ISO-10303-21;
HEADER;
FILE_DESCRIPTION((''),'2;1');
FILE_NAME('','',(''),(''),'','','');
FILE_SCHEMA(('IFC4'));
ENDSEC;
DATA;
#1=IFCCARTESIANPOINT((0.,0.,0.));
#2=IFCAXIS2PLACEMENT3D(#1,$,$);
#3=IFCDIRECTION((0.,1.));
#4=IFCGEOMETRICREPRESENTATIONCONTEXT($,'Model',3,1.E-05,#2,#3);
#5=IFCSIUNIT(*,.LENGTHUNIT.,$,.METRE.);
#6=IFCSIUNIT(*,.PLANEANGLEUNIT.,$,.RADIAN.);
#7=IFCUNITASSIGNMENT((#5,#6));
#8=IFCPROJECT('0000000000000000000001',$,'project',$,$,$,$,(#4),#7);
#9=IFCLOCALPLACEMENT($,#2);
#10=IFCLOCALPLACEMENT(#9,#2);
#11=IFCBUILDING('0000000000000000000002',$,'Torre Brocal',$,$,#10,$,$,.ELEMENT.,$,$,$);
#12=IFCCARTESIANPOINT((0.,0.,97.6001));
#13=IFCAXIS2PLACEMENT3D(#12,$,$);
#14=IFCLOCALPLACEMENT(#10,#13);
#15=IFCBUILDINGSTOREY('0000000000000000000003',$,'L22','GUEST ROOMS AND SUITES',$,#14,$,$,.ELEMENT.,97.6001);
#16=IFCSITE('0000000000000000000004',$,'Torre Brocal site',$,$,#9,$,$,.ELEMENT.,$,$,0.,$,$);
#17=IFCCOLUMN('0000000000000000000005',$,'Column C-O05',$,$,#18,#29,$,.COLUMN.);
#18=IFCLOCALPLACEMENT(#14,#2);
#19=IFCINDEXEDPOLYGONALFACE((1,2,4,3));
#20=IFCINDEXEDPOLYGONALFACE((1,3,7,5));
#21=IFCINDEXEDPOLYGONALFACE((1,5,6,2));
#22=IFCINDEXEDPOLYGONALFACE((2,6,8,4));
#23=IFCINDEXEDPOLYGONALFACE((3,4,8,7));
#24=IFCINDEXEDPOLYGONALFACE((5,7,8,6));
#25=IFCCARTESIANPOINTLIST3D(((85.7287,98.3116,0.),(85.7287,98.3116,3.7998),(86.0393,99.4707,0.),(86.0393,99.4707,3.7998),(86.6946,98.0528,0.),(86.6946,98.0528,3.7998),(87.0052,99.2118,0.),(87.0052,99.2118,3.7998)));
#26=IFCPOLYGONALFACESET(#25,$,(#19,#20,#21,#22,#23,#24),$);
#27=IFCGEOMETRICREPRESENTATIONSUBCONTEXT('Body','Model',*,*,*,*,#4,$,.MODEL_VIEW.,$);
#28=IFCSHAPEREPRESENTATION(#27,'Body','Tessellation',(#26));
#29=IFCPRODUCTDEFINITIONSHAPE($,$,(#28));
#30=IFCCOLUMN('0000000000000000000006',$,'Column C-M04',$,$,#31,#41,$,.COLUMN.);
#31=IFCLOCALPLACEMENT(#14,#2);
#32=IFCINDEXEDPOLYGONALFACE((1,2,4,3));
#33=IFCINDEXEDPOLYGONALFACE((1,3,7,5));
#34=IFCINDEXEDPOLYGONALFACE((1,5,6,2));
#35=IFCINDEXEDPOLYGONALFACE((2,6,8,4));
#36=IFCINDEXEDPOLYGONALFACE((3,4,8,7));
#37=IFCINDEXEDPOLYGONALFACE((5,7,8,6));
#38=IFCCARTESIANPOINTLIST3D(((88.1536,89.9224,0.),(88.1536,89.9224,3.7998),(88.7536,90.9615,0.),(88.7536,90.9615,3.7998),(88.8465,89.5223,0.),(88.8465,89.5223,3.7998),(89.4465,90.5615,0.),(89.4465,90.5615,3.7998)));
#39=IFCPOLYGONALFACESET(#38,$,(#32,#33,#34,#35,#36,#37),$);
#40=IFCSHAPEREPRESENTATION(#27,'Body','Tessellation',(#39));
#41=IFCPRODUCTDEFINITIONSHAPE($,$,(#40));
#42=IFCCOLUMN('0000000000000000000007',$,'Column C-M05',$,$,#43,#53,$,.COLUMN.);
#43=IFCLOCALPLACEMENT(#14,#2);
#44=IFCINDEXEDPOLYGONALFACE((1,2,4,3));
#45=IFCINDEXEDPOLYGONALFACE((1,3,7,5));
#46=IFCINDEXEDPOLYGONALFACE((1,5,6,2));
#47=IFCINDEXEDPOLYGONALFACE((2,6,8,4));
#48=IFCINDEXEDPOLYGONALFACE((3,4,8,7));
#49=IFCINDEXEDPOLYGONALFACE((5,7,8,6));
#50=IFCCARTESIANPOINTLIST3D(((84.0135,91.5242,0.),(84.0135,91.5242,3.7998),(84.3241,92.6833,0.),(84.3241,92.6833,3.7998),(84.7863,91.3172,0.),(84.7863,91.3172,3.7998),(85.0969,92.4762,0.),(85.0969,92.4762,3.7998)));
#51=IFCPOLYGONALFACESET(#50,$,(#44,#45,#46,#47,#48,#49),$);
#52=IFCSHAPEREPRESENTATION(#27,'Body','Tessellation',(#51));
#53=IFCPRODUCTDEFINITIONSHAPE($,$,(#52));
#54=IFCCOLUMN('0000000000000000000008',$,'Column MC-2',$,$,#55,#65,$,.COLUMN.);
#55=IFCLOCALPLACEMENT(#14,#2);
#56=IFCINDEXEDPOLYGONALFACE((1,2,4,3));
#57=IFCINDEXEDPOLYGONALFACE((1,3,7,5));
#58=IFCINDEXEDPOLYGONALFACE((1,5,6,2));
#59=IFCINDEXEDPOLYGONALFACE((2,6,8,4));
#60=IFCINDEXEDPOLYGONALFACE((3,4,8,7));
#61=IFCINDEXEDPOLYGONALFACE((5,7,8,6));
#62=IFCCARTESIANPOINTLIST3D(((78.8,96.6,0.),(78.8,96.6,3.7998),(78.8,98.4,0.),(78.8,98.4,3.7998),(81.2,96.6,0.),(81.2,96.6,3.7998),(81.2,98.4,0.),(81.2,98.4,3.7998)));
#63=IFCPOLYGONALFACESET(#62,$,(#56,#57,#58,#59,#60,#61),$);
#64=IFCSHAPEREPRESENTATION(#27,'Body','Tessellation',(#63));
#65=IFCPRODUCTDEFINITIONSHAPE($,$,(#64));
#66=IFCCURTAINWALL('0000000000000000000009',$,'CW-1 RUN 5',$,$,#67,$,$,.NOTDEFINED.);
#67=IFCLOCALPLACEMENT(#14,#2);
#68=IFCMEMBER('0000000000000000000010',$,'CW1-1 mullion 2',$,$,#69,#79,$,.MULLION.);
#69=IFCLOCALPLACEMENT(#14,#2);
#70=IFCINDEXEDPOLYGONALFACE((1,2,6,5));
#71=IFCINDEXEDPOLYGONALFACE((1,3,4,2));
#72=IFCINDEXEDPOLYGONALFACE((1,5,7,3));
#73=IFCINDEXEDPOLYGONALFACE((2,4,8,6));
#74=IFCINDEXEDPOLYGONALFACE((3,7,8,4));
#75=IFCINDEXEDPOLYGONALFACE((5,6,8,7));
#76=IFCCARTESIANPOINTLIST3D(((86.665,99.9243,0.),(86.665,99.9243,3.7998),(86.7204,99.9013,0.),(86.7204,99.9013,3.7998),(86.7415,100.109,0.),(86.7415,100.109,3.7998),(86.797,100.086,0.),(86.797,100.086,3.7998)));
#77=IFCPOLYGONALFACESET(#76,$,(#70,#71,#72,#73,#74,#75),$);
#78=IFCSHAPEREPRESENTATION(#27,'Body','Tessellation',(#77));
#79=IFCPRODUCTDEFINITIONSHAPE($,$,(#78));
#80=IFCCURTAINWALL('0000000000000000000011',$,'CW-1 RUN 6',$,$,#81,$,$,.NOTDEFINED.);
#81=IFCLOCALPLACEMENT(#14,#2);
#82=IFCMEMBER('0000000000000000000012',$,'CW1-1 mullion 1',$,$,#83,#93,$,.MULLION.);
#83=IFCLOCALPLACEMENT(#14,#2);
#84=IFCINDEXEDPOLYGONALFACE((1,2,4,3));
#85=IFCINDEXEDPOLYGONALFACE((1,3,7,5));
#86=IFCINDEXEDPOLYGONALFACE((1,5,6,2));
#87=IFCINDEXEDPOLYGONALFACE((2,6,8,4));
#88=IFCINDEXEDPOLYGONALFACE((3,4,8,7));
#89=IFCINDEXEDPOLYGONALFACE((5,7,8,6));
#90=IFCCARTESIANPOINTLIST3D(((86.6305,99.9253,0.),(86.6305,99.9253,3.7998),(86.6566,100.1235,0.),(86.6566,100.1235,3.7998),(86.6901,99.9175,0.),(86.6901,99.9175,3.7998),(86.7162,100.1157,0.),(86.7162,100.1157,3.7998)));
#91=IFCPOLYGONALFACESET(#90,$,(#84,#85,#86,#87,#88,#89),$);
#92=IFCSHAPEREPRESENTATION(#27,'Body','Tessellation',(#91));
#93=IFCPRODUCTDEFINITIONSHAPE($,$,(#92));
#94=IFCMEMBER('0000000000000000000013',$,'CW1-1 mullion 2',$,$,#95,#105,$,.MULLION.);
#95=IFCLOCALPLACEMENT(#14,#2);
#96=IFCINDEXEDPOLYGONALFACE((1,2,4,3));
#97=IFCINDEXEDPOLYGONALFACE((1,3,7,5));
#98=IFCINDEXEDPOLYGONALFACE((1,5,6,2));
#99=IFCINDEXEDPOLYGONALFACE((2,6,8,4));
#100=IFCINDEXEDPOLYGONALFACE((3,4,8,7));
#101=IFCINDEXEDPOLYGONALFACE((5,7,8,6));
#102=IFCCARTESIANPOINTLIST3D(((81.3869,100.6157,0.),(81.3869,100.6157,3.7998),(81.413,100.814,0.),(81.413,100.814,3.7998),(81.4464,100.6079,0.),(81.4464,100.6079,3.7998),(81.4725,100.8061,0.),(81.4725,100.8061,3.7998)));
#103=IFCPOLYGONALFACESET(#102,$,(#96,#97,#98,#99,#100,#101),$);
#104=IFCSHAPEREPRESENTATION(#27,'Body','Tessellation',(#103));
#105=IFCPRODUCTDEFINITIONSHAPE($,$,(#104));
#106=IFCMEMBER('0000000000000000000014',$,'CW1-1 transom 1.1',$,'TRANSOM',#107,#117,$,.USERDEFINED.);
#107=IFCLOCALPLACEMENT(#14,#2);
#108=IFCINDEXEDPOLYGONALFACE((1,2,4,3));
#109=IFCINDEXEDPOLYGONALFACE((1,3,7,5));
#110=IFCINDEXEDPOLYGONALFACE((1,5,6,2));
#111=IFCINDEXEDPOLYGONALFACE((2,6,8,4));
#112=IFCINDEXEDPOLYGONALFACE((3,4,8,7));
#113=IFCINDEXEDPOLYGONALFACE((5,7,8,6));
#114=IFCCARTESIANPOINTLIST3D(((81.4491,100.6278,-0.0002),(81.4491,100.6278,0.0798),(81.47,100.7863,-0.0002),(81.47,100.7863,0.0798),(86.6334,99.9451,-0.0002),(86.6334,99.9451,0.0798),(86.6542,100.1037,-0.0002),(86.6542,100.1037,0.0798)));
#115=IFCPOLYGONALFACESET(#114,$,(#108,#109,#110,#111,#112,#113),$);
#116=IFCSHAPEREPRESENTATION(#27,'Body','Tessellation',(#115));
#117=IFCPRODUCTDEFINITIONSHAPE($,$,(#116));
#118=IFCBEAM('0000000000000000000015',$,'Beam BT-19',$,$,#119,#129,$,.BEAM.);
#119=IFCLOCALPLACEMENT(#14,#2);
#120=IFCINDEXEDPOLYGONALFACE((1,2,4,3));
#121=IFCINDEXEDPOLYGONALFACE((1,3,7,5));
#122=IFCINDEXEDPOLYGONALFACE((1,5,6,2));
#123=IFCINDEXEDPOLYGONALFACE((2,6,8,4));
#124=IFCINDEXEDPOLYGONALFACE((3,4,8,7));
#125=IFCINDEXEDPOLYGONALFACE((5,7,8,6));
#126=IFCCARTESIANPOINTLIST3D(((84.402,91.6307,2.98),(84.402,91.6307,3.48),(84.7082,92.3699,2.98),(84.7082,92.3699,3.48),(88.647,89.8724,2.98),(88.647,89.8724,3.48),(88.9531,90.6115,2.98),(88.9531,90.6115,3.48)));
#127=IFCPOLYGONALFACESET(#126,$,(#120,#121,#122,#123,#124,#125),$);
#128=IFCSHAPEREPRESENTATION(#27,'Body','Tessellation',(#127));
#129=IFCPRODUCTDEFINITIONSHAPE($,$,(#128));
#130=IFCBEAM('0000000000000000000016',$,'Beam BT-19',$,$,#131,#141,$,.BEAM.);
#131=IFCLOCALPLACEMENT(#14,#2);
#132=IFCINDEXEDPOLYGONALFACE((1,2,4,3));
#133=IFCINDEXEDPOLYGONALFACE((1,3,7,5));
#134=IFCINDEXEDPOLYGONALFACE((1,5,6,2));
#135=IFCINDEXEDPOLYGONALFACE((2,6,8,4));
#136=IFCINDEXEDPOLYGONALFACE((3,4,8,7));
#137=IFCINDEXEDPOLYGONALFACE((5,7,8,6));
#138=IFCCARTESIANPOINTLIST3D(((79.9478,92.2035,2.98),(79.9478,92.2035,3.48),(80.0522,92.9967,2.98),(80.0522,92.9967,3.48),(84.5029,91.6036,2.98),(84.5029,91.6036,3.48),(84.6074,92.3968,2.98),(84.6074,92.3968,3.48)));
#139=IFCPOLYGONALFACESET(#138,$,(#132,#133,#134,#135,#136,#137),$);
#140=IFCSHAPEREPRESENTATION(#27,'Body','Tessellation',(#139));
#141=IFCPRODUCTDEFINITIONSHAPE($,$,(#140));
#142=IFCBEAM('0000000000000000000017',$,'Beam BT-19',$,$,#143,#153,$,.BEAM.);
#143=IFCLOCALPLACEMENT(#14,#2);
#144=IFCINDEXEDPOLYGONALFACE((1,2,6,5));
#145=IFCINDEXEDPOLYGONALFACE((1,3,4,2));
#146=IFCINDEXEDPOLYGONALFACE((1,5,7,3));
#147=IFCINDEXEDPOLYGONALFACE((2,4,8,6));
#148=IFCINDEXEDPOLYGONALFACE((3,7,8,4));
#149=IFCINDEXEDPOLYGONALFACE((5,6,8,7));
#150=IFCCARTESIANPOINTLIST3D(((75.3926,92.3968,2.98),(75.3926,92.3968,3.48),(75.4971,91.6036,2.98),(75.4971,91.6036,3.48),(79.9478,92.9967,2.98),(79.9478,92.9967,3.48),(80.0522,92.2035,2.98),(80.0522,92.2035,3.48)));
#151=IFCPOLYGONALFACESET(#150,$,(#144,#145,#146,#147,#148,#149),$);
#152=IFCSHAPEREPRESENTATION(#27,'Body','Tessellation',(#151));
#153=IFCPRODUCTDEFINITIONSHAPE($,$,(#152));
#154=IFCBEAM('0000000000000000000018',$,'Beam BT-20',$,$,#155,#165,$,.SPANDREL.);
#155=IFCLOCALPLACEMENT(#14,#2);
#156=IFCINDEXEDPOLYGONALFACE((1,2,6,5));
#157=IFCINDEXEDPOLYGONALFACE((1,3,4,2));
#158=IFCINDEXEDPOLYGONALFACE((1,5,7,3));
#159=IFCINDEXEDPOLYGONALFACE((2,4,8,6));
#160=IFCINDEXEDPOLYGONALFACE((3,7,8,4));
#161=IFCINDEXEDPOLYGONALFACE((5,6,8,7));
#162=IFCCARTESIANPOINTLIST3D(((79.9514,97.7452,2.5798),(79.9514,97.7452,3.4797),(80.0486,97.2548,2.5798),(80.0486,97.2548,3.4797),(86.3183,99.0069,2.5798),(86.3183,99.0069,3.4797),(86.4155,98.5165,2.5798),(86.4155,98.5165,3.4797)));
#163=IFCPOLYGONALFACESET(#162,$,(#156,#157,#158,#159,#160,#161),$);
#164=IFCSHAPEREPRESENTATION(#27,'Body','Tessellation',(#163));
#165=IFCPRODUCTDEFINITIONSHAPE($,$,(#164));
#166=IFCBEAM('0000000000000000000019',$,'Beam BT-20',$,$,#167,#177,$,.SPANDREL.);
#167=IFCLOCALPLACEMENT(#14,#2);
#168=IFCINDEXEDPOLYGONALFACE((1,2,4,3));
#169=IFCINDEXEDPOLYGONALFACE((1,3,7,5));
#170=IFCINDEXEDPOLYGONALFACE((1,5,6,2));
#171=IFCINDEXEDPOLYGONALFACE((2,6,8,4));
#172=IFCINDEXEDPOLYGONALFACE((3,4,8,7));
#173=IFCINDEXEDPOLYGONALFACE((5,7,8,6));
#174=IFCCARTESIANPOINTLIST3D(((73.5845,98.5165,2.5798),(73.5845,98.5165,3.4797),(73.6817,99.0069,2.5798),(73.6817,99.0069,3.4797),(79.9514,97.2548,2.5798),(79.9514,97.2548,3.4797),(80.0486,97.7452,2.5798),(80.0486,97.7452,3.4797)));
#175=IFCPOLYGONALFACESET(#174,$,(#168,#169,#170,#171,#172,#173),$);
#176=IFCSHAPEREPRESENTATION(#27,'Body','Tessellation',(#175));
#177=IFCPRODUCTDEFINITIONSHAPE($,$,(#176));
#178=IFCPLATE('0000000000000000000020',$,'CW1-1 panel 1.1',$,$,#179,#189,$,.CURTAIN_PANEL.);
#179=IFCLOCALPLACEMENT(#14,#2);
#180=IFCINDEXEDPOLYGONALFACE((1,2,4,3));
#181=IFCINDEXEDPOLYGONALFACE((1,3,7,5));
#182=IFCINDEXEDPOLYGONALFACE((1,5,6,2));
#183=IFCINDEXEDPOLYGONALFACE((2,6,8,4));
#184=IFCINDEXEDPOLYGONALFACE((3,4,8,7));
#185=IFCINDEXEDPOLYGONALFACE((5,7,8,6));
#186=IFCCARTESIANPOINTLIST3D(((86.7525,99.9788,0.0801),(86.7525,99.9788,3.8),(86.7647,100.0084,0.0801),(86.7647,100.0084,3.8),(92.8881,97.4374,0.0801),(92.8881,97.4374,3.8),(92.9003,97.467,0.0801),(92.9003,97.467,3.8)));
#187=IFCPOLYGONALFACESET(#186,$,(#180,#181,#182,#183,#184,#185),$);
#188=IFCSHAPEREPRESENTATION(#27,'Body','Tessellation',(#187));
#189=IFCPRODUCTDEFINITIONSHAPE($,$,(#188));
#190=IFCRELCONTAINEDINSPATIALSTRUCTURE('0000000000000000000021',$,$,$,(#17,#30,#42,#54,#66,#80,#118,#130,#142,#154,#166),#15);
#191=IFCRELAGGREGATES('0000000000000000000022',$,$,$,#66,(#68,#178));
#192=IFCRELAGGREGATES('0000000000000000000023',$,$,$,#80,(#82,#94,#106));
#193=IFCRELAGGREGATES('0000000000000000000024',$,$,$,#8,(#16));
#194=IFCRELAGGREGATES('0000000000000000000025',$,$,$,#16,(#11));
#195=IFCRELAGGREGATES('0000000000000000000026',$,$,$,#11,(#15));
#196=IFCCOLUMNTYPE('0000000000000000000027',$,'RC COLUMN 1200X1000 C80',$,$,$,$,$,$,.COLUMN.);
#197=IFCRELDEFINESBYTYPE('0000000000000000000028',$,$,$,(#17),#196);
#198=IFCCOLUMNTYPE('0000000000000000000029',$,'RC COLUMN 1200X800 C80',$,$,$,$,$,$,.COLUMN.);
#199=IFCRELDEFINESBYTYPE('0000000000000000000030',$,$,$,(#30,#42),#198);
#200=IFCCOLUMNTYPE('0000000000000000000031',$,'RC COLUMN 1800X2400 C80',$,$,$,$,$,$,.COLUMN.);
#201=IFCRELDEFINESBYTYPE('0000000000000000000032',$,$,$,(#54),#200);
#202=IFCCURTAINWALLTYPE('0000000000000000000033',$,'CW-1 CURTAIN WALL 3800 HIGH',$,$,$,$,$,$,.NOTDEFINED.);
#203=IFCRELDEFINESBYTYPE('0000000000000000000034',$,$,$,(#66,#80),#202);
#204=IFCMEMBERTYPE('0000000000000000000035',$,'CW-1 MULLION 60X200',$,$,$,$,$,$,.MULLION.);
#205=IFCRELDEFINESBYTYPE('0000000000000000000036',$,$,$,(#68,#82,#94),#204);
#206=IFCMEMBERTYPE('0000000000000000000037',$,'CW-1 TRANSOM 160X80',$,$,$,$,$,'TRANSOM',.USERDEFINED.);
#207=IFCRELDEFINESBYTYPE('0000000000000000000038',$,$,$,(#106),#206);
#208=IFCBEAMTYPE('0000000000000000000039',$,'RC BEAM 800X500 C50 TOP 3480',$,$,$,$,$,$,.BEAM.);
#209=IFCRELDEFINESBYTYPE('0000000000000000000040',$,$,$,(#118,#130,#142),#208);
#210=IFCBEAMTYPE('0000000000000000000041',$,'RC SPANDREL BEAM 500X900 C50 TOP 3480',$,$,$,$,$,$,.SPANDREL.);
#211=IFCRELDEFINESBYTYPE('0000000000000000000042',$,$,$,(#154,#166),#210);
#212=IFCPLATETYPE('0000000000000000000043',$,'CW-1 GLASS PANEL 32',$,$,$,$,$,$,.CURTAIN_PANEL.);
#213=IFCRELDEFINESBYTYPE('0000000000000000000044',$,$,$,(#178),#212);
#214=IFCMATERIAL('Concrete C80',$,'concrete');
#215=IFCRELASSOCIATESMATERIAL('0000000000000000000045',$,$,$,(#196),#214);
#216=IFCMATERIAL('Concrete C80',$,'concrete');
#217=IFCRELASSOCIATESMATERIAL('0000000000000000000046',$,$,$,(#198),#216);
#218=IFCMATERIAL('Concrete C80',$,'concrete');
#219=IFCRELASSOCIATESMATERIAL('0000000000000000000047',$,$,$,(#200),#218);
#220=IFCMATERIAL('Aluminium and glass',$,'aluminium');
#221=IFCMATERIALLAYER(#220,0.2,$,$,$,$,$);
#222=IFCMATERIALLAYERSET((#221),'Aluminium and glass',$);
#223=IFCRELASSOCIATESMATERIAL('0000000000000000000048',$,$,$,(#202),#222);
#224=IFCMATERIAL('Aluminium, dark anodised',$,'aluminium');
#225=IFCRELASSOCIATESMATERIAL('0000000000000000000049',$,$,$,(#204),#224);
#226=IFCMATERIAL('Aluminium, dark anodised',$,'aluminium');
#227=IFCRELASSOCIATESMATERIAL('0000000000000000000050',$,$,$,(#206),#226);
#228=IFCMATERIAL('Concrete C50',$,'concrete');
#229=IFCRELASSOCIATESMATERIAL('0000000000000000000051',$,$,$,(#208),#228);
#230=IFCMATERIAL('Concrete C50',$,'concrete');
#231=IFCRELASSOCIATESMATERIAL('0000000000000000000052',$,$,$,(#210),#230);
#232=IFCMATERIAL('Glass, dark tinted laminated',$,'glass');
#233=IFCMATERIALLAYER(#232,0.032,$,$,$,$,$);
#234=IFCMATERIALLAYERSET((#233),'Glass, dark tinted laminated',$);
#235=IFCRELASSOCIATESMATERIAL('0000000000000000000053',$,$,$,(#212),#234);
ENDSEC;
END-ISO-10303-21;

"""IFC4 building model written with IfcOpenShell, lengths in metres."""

from ifc_helpers import new_model, si_unit, direction, frame, origin, origin_2d, place, context, subcontext, project, spatial, rectangle, extrude, material, layer, layer_set, material_profile, profile_set, type_object, element, aggregate, save


model = new_model("IFC4")

# Units and contexts
model_context = context("Model", 3, precision=1e-05, world=origin(), true_north=direction((0.0, 1.0)))
body_context = subcontext(model_context, "Body", "Model", "MODEL_VIEW")
ifc_project = project(units=[si_unit("LENGTHUNIT", "METRE"), si_unit("PLANEANGLEUNIT", "RADIAN")], contexts=[model_context])

# Site, building, storey
site_placement = place(None, origin())
site = spatial("IfcSite", under=ifc_project, at=site_placement, Name="Torre Brocal site", CompositionType="ELEMENT", RefElevation=0.0)
building_placement = place(site_placement, origin())
building = spatial("IfcBuilding", under=site, at=building_placement, Name="Torre Brocal", CompositionType="ELEMENT")
storey_placement = place(building_placement, frame((0.0, 0.0, 97.6001)))
storey = spatial("IfcBuildingStorey", under=building, at=storey_placement, Name="L22", Description="GUEST ROOMS AND SUITES", CompositionType="ELEMENT", Elevation=97.6001)

# Columns
ifc_material_1 = material(Name="Concrete C80", Category="concrete")
ifc_material_profile_1 = material_profile(ifc_material_1, rectangle(XDim=1.2, YDim=1.0, at=origin_2d()), Name="RC 1200X1000")
ifc_profile_set_1 = profile_set([ifc_material_profile_1], Name="Concrete C80")
column_type_1 = type_object("IfcColumnType", Name="RC COLUMN 1200X1000 C80", PredefinedType="COLUMN", material=ifc_profile_set_1)
column_1_placement = place(storey_placement, frame((86.3669, 98.7617, 0.0), z_axis=(0.0, 0.0, 1.0), x_axis=(0.258819, 0.965926, 0.0)))
element("IfcColumn", 1, at=column_1_placement, inside=storey, type_object=column_type_1, Name="Column C-O05", PredefinedType="COLUMN", context=body_context, shape_type="SweptSolid", body=[
    extrude(rectangle(XDim=1.2, YDim=1.0, at=origin_2d()), origin(), (0.0, 0.0, 1.0), 3.7998),
])
ifc_material_2 = material(Name="Concrete C80", Category="concrete")
ifc_material_profile_2 = material_profile(ifc_material_2, rectangle(XDim=1.2, YDim=0.8, at=origin_2d()), Name="RC 1200X800")
ifc_profile_set_2 = profile_set([ifc_material_profile_2], Name="Concrete C80")
column_type_2 = type_object("IfcColumnType", Name="RC COLUMN 1200X800 C80", PredefinedType="COLUMN", material=ifc_profile_set_2)
for number, where, z_axis, x_axis, name in (
    (2, (88.8, 90.2419, 0.0), (0.0, 0.0, 1.0), (0.5, 0.866025, 0.0), "Column C-M04"),
    (3, (84.5552, 92.0002, 0.0), (0.0, 0.0, 1.0), (0.258819, 0.965926, 0.0), "Column C-M05"),
):
    element("IfcColumn", number, at=place(storey_placement, frame(where, z_axis=z_axis, x_axis=x_axis)), inside=storey, type_object=column_type_2, Name=name, PredefinedType="COLUMN", context=body_context, shape_type="SweptSolid", body=[
        extrude(rectangle(XDim=1.2, YDim=0.8, at=origin_2d()), origin(), (0.0, 0.0, 1.0), 3.7998),
    ])
ifc_material_3 = material(Name="Concrete C80", Category="concrete")
ifc_material_profile_3 = material_profile(ifc_material_3, rectangle(XDim=1.8, YDim=2.3999, at=origin_2d()), Name="RC 1800X2400")
ifc_profile_set_3 = profile_set([ifc_material_profile_3], Name="Concrete C80")
column_type_3 = type_object("IfcColumnType", Name="RC COLUMN 1800X2400 C80", PredefinedType="COLUMN", material=ifc_profile_set_3)
column_2_placement = place(storey_placement, frame((80.0, 97.5, 0.0), z_axis=(0.0, 0.0, 1.0), x_axis=(0.0, 1.0, 0.0)))
element("IfcColumn", 4, at=column_2_placement, inside=storey, type_object=column_type_3, Name="Column MC-2", PredefinedType="COLUMN", context=body_context, shape_type="SweptSolid", body=[
    extrude(rectangle(XDim=1.8, YDim=2.3999, at=origin_2d()), origin(), (0.0, 0.0, 1.0), 3.7998),
])

# Curtain wall, member
ifc_material_4 = material(Name="Aluminium and glass", Category="aluminium")
ifc_layer_1 = layer(ifc_material_4, 0.2)
ifc_layer_set_1 = layer_set([ifc_layer_1], Name="Aluminium and glass")
curtain_wall_type = type_object("IfcCurtainWallType", Name="CW-1 CURTAIN WALL 3800 HIGH", PredefinedType="NOTDEFINED", material=ifc_layer_set_1)
curtain_wall_1_placement = place(storey_placement, origin())
curtain_wall_1 = element("IfcCurtainWall", 5, at=curtain_wall_1_placement, inside=storey, type_object=curtain_wall_type, Name="CW-1 RUN 5", PredefinedType="NOTDEFINED")
ifc_material_5 = material(Name="Aluminium, dark anodised", Category="aluminium")
ifc_material_profile_4 = material_profile(ifc_material_5, rectangle(XDim=0.2, YDim=0.0601, at=origin_2d()), Name="CW-1 MULLION 60X200")
ifc_profile_set_4 = profile_set([ifc_material_profile_4], Name="Aluminium, dark anodised")
member_type_1 = type_object("IfcMemberType", Name="CW-1 MULLION 60X200", PredefinedType="MULLION", material=ifc_profile_set_4)
member_1_placement = place(storey_placement, frame((86.731, 100.0051, 0.0), z_axis=(0.0, 0.0, 1.0), x_axis=(-0.382683, -0.92388, 0.0)))
member_1 = element("IfcMember", 6, at=member_1_placement, type_object=member_type_1, Name="CW1-1 mullion 2", PredefinedType="MULLION", context=body_context, shape_type="SweptSolid", body=[
    extrude(rectangle(XDim=0.2, YDim=0.0601, at=origin_2d()), origin(), (0.0, 0.0, 1.0), 3.7998),
])

# Curtain wall, members
curtain_wall_2_placement = place(storey_placement, origin())
curtain_wall_2 = element("IfcCurtainWall", 7, at=curtain_wall_2_placement, inside=storey, type_object=curtain_wall_type, Name="CW-1 RUN 6", PredefinedType="NOTDEFINED")
member_2_placement = place(storey_placement, frame((86.6733, 100.0205, 0.0), z_axis=(0.0, 0.0, 1.0), x_axis=(-0.130526, -0.991445, 0.0)))
member_2 = element("IfcMember", 8, at=member_2_placement, type_object=member_type_1, Name="CW1-1 mullion 1", PredefinedType="MULLION", context=body_context, shape_type="SweptSolid", body=[
    extrude(rectangle(XDim=0.2, YDim=0.0601, at=origin_2d()), origin(), (0.0, 0.0, 1.0), 3.7998),
])
member_3_placement = place(storey_placement, frame((81.4297, 100.7109, 0.0), z_axis=(0.0, 0.0, 1.0), x_axis=(-0.130526, -0.991445, 0.0)))
member_3 = element("IfcMember", 9, at=member_3_placement, type_object=member_type_1, Name="CW1-1 mullion 2", PredefinedType="MULLION", context=body_context, shape_type="SweptSolid", body=[
    extrude(rectangle(XDim=0.2, YDim=0.0601, at=origin_2d()), origin(), (0.0, 0.0, 1.0), 3.7998),
])
ifc_material_6 = material(Name="Aluminium, dark anodised", Category="aluminium")
ifc_material_profile_5 = material_profile(ifc_material_6, rectangle(XDim=0.1599, YDim=0.0801, at=origin_2d()), Name="CW-1 TRANSOM 160X80")
ifc_profile_set_5 = profile_set([ifc_material_profile_5], Name="Aluminium, dark anodised")
member_type_2 = type_object("IfcMemberType", Name="CW-1 TRANSOM 160X80", ElementType="TRANSOM", PredefinedType="USERDEFINED", material=ifc_profile_set_5)
member_4_placement = place(storey_placement, frame((86.6438, 100.0244, 0.0398), z_axis=(-0.991443, 0.130543, 0.0), x_axis=(-0.130543, -0.991443, 0.0)))
member_4 = element("IfcMember", 10, at=member_4_placement, type_object=member_type_2, Name="CW1-1 transom 1.1", ObjectType="TRANSOM", PredefinedType="USERDEFINED", context=body_context, shape_type="SweptSolid", body=[
    extrude(rectangle(XDim=0.1599, YDim=0.0801, at=origin_2d()), origin(), (0.0, 0.0, 1.0), 5.229),
])

# Beams
ifc_material_7 = material(Name="Concrete C50", Category="concrete")
ifc_material_profile_6 = material_profile(ifc_material_7, rectangle(XDim=0.8, YDim=0.5, at=origin_2d()), Name="RC 800X500")
ifc_profile_set_6 = profile_set([ifc_material_profile_6], Name="Concrete C50")
beam_type_1 = type_object("IfcBeamType", Name="RC BEAM 800X500 C50 TOP 3480", PredefinedType="BEAM", material=ifc_profile_set_6)
beam_placement = place(storey_placement, frame((88.8, 90.2419, 3.23), z_axis=(-0.923878, 0.382687, 0.0), x_axis=(-0.382687, -0.923878, 0.0)))
element("IfcBeam", 11, at=beam_placement, inside=storey, type_object=beam_type_1, Name="Beam BT-19", PredefinedType="BEAM", context=body_context, shape_type="SweptSolid", body=[
    extrude(rectangle(XDim=0.8, YDim=0.5, at=origin_2d()), origin(), (0.0, 0.0, 1.0), 4.5947),
])
for number, where, z_axis, x_axis, name in (
    (12, (84.5552, 92.0002, 3.23), (-0.991441, 0.130559, 0.0), (-0.130559, -0.991441, 0.0), "Beam BT-19"),
    (13, (80.0, 92.6001, 3.23), (-0.991441, -0.130559, 0.0), (0.130559, -0.991441, 0.0), "Beam BT-19"),
):
    element("IfcBeam", number, at=place(storey_placement, frame(where, z_axis=z_axis, x_axis=x_axis)), inside=storey, type_object=beam_type_1, Name=name, PredefinedType="BEAM", context=body_context, shape_type="SweptSolid", body=[
        extrude(rectangle(XDim=0.8, YDim=0.5, at=origin_2d()), origin(), (0.0, 0.0, 1.0), 4.5945),
    ])
ifc_material_8 = material(Name="Concrete C50", Category="concrete")
ifc_material_profile_7 = material_profile(ifc_material_8, rectangle(XDim=0.5, YDim=0.8999, at=origin_2d()), Name="RC 500X900")
ifc_profile_set_7 = profile_set([ifc_material_profile_7], Name="Concrete C50")
beam_type_2 = type_object("IfcBeamType", Name="RC SPANDREL BEAM 500X900 C50 TOP 3480", PredefinedType="SPANDREL", material=ifc_profile_set_7)
for number, where, z_axis, x_axis, name in (
    (14, (86.3669, 98.7617, 3.0298), (-0.980925, -0.194387, 0.0), (0.194387, -0.980925, 0.0), "Beam BT-20"),
    (15, (80.0, 97.5, 3.0298), (-0.980925, 0.194387, 0.0), (-0.194387, -0.980925, 0.0), "Beam BT-20"),
):
    element("IfcBeam", number, at=place(storey_placement, frame(where, z_axis=z_axis, x_axis=x_axis)), inside=storey, type_object=beam_type_2, Name=name, PredefinedType="SPANDREL", context=body_context, shape_type="SweptSolid", body=[
        extrude(rectangle(XDim=0.5, YDim=0.8999, at=origin_2d()), origin(), (0.0, 0.0, 1.0), 6.4907),
    ])

# Plate
ifc_material_9 = material(Name="Glass, dark tinted laminated", Category="glass")
ifc_layer_2 = layer(ifc_material_9, 0.032)
ifc_layer_set_2 = layer_set([ifc_layer_2], Name="Glass, dark tinted laminated")
plate_type = type_object("IfcPlateType", Name="CW-1 GLASS PANEL 32", PredefinedType="CURTAIN_PANEL", material=ifc_layer_set_2)
plate_1_placement = place(storey_placement, frame((89.8264, 98.7229, 0.0801), z_axis=(0.0, 0.0, 1.0), x_axis=(-0.92388, 0.382683, 0.0)))
plate_1 = element("IfcPlate", 16, at=plate_1_placement, type_object=plate_type, Name="CW1-1 panel 1.1", PredefinedType="CURTAIN_PANEL", context=body_context, shape_type="SweptSolid", body=[
    extrude(rectangle(XDim=6.6411, YDim=0.032, at=origin_2d()), origin(), (0.0, 0.0, 1.0), 3.72),
])
aggregate(curtain_wall_1, [member_1, plate_1])
aggregate(curtain_wall_2, [member_2, member_3, member_4])

save(model, "model.ifc")
